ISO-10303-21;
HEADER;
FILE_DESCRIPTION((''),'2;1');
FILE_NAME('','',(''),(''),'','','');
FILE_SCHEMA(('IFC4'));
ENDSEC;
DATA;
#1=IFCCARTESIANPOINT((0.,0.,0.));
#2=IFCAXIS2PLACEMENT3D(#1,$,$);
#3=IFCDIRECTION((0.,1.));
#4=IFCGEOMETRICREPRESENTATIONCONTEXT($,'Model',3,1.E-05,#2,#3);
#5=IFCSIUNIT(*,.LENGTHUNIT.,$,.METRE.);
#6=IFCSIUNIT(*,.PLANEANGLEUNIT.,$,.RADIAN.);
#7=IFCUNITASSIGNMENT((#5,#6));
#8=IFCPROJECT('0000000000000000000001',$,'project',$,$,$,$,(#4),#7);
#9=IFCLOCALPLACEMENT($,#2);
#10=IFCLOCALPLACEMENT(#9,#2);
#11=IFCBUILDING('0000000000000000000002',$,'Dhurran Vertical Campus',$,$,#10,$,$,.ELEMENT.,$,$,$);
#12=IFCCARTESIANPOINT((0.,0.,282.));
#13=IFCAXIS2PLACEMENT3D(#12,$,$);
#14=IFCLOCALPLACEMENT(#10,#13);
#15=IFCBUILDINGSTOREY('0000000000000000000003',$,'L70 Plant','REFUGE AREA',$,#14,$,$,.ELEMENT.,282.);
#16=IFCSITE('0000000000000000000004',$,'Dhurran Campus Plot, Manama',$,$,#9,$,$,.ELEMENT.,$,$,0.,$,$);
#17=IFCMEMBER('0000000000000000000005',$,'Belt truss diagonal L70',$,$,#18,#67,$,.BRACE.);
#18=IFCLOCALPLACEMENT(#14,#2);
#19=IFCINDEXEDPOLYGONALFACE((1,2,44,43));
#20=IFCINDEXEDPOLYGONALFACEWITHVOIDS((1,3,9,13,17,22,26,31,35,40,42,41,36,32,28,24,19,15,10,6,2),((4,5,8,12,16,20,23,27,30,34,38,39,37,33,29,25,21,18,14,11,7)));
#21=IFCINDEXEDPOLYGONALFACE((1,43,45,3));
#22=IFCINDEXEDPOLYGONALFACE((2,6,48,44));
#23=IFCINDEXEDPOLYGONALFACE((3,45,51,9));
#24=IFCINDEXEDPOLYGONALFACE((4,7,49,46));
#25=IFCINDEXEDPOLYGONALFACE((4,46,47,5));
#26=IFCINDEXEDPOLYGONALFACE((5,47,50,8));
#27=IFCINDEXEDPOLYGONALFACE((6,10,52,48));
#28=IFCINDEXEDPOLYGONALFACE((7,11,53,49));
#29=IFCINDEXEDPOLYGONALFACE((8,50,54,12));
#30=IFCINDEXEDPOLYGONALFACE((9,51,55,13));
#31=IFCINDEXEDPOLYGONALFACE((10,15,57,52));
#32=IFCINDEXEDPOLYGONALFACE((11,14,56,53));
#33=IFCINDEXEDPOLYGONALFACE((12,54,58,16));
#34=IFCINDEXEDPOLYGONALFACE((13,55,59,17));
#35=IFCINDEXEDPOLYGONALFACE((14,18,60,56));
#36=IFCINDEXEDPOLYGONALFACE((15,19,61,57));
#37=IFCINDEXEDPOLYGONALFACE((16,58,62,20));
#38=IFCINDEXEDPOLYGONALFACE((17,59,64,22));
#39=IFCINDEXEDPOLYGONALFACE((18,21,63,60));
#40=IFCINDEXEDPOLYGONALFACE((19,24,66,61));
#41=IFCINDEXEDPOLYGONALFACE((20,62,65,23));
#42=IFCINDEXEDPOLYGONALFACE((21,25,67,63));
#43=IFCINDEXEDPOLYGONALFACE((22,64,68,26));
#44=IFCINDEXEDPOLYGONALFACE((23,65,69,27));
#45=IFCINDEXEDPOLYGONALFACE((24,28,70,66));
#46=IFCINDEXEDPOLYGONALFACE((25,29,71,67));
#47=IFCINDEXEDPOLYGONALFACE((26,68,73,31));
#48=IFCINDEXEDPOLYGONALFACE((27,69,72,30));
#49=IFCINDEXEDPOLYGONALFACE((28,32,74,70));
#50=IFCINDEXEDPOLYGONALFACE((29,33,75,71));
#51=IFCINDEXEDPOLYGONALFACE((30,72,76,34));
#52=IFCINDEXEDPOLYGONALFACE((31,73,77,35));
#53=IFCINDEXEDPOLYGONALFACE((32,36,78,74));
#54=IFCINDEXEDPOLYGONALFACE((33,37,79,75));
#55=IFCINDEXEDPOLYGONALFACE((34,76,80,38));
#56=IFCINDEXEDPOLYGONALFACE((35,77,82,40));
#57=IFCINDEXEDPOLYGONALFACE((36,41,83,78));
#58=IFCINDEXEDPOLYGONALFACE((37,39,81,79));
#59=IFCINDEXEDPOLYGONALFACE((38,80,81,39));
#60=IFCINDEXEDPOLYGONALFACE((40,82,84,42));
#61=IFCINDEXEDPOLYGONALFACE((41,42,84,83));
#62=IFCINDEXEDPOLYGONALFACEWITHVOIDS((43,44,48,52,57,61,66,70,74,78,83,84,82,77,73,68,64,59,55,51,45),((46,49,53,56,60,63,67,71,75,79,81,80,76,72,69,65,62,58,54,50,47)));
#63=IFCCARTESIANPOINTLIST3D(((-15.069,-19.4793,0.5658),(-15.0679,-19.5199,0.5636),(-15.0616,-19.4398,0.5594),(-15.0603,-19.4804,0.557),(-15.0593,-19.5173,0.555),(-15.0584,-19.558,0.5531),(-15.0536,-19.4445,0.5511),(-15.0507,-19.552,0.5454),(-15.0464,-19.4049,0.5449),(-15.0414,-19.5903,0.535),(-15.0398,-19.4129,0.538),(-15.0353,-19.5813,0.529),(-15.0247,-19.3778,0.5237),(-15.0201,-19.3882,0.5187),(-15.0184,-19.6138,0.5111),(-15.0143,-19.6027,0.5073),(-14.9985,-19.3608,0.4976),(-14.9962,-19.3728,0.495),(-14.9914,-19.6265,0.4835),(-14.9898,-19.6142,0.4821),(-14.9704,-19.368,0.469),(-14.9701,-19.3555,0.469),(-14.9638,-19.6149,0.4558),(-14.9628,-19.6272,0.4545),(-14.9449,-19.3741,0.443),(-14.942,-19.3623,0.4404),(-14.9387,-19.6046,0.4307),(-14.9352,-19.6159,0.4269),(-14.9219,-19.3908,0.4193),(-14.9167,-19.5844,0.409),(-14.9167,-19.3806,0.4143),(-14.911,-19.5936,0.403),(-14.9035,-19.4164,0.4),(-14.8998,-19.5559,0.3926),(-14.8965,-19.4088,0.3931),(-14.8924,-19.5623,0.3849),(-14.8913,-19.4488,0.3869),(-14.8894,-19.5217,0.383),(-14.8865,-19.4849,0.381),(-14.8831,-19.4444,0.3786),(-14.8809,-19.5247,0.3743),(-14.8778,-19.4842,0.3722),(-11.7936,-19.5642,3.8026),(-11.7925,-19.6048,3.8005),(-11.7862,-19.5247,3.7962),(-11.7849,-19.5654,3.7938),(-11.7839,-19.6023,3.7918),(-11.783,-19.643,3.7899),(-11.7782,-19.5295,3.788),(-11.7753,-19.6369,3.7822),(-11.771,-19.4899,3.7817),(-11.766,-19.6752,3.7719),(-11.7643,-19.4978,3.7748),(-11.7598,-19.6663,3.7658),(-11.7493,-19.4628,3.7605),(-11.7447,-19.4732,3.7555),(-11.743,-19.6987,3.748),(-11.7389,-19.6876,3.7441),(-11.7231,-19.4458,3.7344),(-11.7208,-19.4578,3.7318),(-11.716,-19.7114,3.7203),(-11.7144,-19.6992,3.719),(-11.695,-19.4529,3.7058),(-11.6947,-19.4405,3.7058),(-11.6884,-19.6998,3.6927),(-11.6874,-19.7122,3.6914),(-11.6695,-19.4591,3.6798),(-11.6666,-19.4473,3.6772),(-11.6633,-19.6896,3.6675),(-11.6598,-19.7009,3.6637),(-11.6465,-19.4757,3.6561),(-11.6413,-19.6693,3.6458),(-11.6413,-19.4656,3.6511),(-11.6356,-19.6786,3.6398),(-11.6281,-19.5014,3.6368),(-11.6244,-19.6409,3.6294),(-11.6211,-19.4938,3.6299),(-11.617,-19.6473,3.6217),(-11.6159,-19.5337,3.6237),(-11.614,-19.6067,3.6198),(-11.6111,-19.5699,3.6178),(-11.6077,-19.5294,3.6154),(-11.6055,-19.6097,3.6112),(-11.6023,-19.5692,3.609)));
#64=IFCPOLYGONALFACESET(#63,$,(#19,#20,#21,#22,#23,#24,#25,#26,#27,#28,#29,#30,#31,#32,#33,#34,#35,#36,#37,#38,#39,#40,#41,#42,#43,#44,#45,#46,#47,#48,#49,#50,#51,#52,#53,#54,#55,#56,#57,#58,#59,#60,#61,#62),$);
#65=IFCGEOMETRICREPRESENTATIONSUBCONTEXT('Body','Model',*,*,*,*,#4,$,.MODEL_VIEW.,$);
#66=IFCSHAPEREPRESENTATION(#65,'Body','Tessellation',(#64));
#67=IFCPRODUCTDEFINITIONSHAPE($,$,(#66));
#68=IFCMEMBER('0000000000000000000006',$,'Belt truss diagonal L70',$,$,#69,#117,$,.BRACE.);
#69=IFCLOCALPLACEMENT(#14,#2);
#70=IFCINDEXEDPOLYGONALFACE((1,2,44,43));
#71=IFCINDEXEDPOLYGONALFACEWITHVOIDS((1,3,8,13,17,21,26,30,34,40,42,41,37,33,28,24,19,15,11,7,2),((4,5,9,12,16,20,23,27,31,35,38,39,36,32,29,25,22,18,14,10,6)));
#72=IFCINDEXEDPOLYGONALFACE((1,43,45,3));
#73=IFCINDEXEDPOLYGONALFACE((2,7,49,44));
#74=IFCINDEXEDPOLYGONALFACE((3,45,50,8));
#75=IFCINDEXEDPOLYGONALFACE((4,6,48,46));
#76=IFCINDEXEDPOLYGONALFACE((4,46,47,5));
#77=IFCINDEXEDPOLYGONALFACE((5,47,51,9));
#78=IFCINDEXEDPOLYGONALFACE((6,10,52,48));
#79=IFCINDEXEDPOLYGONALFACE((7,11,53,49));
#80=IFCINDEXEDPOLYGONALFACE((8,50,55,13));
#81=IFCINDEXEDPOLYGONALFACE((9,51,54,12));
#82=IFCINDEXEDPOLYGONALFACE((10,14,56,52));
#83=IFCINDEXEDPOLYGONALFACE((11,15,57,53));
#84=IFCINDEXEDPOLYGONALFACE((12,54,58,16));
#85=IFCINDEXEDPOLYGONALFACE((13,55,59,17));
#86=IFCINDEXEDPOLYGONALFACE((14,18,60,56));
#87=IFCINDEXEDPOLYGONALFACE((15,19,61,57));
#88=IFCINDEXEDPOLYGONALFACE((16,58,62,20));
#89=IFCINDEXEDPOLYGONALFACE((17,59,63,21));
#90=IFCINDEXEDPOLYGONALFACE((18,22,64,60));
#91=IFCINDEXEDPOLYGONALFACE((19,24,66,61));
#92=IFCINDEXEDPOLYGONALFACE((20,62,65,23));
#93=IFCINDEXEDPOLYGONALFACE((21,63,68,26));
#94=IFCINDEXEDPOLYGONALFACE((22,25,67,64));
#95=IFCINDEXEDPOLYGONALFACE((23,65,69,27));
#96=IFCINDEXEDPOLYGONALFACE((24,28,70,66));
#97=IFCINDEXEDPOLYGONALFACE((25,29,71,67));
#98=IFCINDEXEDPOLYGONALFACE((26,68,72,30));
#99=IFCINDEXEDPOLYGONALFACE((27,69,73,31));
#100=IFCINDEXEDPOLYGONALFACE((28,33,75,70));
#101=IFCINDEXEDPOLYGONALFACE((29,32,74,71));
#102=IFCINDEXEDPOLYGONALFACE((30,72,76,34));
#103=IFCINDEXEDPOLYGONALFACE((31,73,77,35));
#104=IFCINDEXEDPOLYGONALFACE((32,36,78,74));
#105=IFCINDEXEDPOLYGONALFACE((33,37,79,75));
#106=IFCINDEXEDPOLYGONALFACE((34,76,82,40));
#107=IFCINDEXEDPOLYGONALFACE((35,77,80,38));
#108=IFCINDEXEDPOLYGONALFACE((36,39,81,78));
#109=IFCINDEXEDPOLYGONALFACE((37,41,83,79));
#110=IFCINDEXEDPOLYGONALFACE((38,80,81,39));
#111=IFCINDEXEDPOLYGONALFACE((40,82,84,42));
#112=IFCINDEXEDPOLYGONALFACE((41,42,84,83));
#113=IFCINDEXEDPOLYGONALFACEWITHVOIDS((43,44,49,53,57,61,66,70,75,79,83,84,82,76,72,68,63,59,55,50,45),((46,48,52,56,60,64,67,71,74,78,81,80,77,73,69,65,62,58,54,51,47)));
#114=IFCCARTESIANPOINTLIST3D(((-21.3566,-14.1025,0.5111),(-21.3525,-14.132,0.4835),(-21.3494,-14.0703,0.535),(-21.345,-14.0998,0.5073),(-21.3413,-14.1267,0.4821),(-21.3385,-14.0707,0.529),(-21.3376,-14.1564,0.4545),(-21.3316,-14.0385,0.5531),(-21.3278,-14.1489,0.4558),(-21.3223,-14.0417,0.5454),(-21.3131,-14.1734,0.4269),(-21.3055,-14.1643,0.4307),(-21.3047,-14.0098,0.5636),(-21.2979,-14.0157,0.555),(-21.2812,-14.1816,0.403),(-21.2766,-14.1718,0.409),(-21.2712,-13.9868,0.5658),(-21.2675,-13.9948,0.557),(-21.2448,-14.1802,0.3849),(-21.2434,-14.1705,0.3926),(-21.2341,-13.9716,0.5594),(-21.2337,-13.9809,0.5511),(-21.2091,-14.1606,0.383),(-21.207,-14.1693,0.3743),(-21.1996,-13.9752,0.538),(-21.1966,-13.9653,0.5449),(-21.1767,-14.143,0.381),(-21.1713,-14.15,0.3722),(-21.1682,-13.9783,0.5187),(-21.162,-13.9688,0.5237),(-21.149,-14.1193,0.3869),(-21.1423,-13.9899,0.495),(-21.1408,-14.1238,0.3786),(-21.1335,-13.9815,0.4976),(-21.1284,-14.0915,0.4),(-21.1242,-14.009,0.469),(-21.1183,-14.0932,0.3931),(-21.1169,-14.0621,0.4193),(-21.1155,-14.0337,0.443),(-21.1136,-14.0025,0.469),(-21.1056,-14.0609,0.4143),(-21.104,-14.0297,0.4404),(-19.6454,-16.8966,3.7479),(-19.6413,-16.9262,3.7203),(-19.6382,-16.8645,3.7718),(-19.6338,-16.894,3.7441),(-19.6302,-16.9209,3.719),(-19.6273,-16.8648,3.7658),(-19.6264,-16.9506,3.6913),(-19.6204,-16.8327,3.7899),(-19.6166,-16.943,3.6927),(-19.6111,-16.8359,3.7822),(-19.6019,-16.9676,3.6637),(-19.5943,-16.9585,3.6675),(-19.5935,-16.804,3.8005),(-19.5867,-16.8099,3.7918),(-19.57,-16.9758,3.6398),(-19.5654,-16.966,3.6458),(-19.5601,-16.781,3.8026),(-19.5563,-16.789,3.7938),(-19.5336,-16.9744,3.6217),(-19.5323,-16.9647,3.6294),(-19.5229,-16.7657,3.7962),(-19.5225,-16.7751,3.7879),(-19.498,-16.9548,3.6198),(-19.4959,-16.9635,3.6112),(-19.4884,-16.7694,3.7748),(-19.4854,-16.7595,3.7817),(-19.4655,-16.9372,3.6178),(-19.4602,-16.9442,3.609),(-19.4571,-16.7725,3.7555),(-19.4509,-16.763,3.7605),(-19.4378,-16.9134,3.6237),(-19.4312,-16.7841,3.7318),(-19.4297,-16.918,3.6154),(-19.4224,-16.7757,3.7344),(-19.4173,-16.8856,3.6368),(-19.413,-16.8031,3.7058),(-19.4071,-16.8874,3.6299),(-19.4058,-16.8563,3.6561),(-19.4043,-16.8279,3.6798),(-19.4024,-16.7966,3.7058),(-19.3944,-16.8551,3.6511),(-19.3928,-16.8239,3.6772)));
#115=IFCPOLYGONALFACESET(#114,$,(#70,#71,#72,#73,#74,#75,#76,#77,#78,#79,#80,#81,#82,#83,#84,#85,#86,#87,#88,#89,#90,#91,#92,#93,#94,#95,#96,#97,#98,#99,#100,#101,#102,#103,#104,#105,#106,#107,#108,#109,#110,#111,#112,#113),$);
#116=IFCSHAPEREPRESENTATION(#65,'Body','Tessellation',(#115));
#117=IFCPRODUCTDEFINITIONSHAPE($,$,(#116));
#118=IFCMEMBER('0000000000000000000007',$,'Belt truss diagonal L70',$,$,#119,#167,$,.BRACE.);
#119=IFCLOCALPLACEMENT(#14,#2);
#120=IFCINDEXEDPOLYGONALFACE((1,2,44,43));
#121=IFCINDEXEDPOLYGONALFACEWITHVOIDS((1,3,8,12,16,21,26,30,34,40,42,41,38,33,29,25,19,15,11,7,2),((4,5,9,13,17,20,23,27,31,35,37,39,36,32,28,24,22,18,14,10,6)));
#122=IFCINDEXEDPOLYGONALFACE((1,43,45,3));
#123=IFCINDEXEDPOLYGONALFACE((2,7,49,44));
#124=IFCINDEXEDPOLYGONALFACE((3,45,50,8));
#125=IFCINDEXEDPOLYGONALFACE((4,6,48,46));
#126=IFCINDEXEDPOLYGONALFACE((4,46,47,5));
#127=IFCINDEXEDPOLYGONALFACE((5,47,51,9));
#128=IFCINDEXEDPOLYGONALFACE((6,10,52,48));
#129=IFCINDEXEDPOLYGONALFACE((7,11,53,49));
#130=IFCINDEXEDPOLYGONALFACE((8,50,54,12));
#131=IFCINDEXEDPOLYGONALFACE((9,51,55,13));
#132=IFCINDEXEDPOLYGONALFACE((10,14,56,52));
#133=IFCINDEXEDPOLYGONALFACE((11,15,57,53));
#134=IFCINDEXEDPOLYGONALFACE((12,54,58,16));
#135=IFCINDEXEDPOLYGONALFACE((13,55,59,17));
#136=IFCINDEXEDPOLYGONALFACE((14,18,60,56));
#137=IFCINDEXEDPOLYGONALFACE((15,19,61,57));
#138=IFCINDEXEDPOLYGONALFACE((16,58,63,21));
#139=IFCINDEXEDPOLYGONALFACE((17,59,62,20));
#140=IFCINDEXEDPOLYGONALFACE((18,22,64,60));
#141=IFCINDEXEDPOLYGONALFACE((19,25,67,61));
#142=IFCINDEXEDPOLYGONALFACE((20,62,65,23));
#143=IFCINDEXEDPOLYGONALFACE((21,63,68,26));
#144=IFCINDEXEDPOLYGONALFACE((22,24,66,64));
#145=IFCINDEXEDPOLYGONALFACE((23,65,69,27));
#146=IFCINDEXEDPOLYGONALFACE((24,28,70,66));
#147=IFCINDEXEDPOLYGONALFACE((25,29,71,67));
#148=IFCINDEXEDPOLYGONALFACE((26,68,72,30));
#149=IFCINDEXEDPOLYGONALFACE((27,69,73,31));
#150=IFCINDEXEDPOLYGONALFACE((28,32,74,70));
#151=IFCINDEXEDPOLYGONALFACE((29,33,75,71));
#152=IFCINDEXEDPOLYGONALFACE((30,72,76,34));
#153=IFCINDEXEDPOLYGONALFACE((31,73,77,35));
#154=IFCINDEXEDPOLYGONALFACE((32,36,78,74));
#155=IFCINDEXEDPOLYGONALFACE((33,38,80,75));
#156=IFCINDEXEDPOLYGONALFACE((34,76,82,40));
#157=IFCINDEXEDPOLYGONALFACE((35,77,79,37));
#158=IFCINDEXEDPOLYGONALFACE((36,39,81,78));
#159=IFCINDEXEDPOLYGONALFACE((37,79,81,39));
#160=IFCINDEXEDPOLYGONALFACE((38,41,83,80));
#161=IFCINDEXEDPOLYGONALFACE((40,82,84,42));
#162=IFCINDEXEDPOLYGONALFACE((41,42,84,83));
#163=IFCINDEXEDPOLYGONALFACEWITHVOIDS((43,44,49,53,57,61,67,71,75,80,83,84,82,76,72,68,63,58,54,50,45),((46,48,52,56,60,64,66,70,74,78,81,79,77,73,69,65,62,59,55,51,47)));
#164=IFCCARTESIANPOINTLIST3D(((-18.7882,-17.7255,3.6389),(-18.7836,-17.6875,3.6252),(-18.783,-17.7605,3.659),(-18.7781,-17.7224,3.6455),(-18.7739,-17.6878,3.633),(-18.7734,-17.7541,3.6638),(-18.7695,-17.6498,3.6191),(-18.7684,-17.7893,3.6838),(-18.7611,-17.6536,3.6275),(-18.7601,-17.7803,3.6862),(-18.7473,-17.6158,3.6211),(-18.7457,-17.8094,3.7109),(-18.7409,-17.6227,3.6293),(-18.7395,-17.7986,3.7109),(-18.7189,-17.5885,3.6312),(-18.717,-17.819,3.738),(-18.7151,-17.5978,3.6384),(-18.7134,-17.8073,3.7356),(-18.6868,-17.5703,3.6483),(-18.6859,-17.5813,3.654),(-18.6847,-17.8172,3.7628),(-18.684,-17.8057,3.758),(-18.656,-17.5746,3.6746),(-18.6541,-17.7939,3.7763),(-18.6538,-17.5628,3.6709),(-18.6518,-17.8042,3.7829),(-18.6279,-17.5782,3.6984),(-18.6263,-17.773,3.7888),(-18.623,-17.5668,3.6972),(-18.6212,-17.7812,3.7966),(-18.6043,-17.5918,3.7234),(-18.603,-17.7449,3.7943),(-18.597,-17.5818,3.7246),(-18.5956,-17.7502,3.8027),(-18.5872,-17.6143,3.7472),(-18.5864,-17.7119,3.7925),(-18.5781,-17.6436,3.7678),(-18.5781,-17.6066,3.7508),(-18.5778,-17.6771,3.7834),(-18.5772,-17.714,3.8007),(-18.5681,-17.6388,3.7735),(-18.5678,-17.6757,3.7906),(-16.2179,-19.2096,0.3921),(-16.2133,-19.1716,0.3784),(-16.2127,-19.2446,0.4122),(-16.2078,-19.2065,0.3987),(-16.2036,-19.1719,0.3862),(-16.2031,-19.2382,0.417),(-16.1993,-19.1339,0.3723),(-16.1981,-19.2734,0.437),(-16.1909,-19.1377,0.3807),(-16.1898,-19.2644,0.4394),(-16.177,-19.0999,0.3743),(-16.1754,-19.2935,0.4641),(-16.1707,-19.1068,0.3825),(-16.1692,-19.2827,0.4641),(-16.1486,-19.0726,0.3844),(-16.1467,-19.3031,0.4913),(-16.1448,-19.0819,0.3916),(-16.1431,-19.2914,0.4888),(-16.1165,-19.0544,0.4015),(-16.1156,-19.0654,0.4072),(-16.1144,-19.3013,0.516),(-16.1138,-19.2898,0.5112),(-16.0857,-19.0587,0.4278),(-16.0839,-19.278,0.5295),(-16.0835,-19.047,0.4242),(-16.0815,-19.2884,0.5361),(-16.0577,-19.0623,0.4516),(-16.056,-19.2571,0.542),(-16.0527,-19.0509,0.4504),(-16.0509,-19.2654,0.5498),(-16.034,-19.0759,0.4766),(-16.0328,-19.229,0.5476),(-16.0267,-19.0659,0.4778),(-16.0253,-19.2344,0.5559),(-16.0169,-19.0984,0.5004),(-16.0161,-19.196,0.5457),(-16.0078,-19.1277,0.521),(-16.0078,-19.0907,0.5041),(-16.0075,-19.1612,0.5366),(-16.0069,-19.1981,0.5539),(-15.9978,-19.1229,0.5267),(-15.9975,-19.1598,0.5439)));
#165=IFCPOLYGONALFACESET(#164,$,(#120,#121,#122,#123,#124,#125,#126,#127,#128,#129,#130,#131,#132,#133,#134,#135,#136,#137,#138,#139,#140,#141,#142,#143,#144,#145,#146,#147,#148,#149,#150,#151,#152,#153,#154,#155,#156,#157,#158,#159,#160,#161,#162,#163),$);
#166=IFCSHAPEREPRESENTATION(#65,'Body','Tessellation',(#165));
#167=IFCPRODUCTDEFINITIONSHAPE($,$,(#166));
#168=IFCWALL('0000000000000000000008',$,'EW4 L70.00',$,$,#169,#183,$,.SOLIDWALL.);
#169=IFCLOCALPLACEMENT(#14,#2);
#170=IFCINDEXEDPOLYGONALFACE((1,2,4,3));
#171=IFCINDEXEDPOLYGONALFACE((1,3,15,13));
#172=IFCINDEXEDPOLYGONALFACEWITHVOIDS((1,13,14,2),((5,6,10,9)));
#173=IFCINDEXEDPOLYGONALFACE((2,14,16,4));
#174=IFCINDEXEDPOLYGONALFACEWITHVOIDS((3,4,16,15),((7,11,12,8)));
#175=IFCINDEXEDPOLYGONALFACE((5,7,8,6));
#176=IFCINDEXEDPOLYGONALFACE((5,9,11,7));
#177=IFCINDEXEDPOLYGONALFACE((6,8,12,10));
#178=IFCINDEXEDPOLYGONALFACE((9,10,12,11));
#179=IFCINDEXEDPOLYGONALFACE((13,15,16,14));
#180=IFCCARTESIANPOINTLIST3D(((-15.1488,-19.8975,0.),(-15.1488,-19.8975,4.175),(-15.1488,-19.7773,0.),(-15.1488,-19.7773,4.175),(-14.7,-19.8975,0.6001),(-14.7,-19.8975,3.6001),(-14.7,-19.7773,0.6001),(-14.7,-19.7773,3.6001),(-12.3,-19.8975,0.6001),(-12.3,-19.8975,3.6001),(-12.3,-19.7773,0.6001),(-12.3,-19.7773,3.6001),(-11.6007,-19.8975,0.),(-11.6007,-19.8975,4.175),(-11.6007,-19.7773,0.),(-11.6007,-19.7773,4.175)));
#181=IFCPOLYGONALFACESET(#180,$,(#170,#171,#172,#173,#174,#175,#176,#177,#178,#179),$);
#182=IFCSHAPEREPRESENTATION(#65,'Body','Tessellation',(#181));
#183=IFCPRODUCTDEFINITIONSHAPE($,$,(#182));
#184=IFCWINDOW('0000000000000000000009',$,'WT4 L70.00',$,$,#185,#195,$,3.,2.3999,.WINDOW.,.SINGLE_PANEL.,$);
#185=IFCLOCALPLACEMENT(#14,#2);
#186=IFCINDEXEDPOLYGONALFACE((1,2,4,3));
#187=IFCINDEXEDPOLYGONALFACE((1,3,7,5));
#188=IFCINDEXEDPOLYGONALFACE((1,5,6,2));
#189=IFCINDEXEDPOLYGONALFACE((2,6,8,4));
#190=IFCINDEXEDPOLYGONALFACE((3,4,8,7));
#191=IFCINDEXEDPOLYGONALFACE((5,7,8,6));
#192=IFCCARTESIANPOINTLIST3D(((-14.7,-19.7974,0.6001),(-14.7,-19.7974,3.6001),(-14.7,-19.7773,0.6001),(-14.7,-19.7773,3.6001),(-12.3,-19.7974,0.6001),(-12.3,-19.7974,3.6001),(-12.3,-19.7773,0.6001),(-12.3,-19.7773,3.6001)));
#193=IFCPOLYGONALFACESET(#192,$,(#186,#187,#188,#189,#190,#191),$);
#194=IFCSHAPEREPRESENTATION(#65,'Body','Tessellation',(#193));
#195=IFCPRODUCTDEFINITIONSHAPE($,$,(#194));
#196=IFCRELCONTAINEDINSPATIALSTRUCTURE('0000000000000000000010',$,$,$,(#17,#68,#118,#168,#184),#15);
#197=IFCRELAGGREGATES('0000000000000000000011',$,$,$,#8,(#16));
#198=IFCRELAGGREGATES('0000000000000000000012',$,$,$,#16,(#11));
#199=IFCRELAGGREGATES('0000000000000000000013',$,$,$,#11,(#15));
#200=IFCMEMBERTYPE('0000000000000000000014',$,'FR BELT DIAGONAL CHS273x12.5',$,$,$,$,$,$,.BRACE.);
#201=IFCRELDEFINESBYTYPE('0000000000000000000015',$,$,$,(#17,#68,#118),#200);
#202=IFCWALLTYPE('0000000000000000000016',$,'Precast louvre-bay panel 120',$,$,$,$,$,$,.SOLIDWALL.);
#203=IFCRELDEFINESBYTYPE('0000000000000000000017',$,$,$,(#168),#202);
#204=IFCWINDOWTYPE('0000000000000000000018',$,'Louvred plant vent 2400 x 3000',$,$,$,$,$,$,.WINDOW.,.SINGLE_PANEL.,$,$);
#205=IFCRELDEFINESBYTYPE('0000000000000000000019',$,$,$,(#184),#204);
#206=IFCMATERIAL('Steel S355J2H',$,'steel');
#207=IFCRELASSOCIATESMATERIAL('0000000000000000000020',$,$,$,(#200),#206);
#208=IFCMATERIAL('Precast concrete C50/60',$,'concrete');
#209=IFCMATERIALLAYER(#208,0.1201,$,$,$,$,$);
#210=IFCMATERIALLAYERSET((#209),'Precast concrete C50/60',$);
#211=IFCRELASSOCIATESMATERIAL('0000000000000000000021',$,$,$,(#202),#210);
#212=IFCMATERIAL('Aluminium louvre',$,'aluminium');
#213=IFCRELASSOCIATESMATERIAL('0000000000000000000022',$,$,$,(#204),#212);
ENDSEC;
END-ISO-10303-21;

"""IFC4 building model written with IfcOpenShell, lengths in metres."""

from ifc_helpers import new_model, si_unit, direction, frame, frame_2d, origin, origin_2d, place, context, subcontext, project, spatial, rectangle, hollow_circle, extrude, material, layer, layer_set, material_profile, profile_set, type_object, element, fill, save


model = new_model("IFC4")

# Units and contexts
model_context = context("Model", 3, precision=1e-05, world=origin(), true_north=direction((0.0, 1.0)))
body_context = subcontext(model_context, "Body", "Model", "MODEL_VIEW")
ifc_project = project(units=[si_unit("LENGTHUNIT", "METRE"), si_unit("PLANEANGLEUNIT", "RADIAN")], contexts=[model_context])

# Site, building, storey
site_placement = place(None, origin())
site = spatial("IfcSite", under=ifc_project, at=site_placement, Name="Dhurran Campus Plot, Manama", CompositionType="ELEMENT", RefElevation=0.0)
building_placement = place(site_placement, origin())
building = spatial("IfcBuilding", under=site, at=building_placement, Name="Dhurran Vertical Campus", CompositionType="ELEMENT")
storey_placement = place(building_placement, frame((0.0, 0.0, 282.0)))
storey = spatial("IfcBuildingStorey", under=building, at=storey_placement, Name="L70 Plant", Description="REFUGE AREA", CompositionType="ELEMENT", Elevation=282.0)

# Members
ifc_material_1 = material(Name="Steel S355J2H", Category="steel")
ifc_material_profile_1 = material_profile(ifc_material_1, hollow_circle(Radius=0.1365, WallThickness=0.0125, at=origin_2d()), Name="CHS273x12.5")
ifc_profile_set_1 = profile_set([ifc_material_profile_1], Name="Steel S355J2H")
member_type = type_object("IfcMemberType", Name="FR BELT DIAGONAL CHS273x12.5", PredefinedType="BRACE", material=ifc_profile_set_1)
for number, where, z_axis, x_axis, name in (
    (1, (-14.9736, -19.4919, 0.469), (0.711162, -0.018447, 0.702786), (0.02593, 0.999664, 0.0), "Belt truss diagonal L70"),
    (2, (-21.23, -14.0737, 0.469), (0.371534, -0.606679, 0.702782), (0.85279, 0.522255, 0.0), "Belt truss diagonal L70"),
):
    element("IfcMember", number, at=place(storey_placement, frame(where, z_axis=z_axis, x_axis=x_axis)), inside=storey, type_object=member_type, Name=name, PredefinedType="BRACE", context=body_context, shape_type="SweptSolid", body=[
        extrude(hollow_circle(Radius=0.1365, WallThickness=0.0125, at=origin_2d()), origin(), (0.0, 0.0, 1.0), 4.6057),
    ])
member_placement = place(storey_placement, frame((-16.1072, -19.1753, 0.4641), z_axis=(-0.584297, 0.337381, 0.738086), x_axis=(-0.50004, -0.866002, 0.0)))
element("IfcMember", 3, at=member_placement, inside=storey, type_object=member_type, Name="Belt truss diagonal L70", PredefinedType="BRACE", context=body_context, shape_type="SweptSolid", body=[
    extrude(hollow_circle(Radius=0.1365, WallThickness=0.0125, at=origin_2d()), origin(), (0.0, 0.0, 1.0), 4.3989),
])

# Wall, opening, window
ifc_material_2 = material(Name="Precast concrete C50/60", Category="concrete")
ifc_layer_1 = layer(ifc_material_2, 0.1201)
ifc_layer_set_1 = layer_set([ifc_layer_1], Name="Precast concrete C50/60")
wall_type_1 = type_object("IfcWallType", Name="Precast louvre-bay panel 120", PredefinedType="SOLIDWALL", material=ifc_layer_set_1)
wall_1_placement = place(storey_placement, frame((-15.1487, -19.8374, 0.0), z_axis=(0.0, 0.0, 1.0), x_axis=(1.0, 0.0, 0.0)))
wall_1 = element("IfcWall", 4, at=wall_1_placement, inside=storey, type_object=wall_type_1, Name="EW4 L70.00", PredefinedType="SOLIDWALL", context=body_context, shape_type="SweptSolid", body=[
    extrude(rectangle(XDim=3.5481, YDim=0.1201, at=frame_2d((1.7739, 0.0))), origin(), (0.0, 0.0, 1.0), 4.175),
])
opening_1_placement = place(wall_1_placement, frame((0.4487, 0.0, 0.6001)))
opening_1 = element("IfcOpeningElement", 5, at=opening_1_placement, cuts=wall_1, PredefinedType="OPENING", context=body_context, shape_type="SweptSolid", body=[
    extrude(rectangle(XDim=2.3999, YDim=3.0, at=frame_2d((1.2, 1.5))), frame((0.0, 0.0701, 0.0), z_axis=(0.0, -1.0, 0.0), x_axis=(1.0, 0.0, 0.0)), (0.0, 0.0, 1.0), 0.1401),
])
ifc_material_3 = material(Name="Aluminium louvre", Category="aluminium")
window_type = type_object("IfcWindowType", Name="Louvred plant vent 2400 x 3000", PartitioningType="SINGLE_PANEL", PredefinedType="WINDOW", material=ifc_material_3)
window_1_placement = place(opening_1_placement, origin())
window_1 = element("IfcWindow", 6, at=window_1_placement, inside=storey, type_object=window_type, Name="WT4 L70.00", OverallHeight=3.0, OverallWidth=2.3999, PartitioningType="SINGLE_PANEL", PredefinedType="WINDOW", context=body_context, shape_type="SweptSolid", body=[
    extrude(rectangle(XDim=2.3999, YDim=3.0, at=frame_2d((1.2, 1.5))), frame((0.0, 0.0601, 0.0), z_axis=(0.0, -1.0, 0.0), x_axis=(1.0, 0.0, 0.0)), (0.0, 0.0, 1.0), 0.02),
])
fill(opening_1, window_1)

save(model, "model.ifc")
